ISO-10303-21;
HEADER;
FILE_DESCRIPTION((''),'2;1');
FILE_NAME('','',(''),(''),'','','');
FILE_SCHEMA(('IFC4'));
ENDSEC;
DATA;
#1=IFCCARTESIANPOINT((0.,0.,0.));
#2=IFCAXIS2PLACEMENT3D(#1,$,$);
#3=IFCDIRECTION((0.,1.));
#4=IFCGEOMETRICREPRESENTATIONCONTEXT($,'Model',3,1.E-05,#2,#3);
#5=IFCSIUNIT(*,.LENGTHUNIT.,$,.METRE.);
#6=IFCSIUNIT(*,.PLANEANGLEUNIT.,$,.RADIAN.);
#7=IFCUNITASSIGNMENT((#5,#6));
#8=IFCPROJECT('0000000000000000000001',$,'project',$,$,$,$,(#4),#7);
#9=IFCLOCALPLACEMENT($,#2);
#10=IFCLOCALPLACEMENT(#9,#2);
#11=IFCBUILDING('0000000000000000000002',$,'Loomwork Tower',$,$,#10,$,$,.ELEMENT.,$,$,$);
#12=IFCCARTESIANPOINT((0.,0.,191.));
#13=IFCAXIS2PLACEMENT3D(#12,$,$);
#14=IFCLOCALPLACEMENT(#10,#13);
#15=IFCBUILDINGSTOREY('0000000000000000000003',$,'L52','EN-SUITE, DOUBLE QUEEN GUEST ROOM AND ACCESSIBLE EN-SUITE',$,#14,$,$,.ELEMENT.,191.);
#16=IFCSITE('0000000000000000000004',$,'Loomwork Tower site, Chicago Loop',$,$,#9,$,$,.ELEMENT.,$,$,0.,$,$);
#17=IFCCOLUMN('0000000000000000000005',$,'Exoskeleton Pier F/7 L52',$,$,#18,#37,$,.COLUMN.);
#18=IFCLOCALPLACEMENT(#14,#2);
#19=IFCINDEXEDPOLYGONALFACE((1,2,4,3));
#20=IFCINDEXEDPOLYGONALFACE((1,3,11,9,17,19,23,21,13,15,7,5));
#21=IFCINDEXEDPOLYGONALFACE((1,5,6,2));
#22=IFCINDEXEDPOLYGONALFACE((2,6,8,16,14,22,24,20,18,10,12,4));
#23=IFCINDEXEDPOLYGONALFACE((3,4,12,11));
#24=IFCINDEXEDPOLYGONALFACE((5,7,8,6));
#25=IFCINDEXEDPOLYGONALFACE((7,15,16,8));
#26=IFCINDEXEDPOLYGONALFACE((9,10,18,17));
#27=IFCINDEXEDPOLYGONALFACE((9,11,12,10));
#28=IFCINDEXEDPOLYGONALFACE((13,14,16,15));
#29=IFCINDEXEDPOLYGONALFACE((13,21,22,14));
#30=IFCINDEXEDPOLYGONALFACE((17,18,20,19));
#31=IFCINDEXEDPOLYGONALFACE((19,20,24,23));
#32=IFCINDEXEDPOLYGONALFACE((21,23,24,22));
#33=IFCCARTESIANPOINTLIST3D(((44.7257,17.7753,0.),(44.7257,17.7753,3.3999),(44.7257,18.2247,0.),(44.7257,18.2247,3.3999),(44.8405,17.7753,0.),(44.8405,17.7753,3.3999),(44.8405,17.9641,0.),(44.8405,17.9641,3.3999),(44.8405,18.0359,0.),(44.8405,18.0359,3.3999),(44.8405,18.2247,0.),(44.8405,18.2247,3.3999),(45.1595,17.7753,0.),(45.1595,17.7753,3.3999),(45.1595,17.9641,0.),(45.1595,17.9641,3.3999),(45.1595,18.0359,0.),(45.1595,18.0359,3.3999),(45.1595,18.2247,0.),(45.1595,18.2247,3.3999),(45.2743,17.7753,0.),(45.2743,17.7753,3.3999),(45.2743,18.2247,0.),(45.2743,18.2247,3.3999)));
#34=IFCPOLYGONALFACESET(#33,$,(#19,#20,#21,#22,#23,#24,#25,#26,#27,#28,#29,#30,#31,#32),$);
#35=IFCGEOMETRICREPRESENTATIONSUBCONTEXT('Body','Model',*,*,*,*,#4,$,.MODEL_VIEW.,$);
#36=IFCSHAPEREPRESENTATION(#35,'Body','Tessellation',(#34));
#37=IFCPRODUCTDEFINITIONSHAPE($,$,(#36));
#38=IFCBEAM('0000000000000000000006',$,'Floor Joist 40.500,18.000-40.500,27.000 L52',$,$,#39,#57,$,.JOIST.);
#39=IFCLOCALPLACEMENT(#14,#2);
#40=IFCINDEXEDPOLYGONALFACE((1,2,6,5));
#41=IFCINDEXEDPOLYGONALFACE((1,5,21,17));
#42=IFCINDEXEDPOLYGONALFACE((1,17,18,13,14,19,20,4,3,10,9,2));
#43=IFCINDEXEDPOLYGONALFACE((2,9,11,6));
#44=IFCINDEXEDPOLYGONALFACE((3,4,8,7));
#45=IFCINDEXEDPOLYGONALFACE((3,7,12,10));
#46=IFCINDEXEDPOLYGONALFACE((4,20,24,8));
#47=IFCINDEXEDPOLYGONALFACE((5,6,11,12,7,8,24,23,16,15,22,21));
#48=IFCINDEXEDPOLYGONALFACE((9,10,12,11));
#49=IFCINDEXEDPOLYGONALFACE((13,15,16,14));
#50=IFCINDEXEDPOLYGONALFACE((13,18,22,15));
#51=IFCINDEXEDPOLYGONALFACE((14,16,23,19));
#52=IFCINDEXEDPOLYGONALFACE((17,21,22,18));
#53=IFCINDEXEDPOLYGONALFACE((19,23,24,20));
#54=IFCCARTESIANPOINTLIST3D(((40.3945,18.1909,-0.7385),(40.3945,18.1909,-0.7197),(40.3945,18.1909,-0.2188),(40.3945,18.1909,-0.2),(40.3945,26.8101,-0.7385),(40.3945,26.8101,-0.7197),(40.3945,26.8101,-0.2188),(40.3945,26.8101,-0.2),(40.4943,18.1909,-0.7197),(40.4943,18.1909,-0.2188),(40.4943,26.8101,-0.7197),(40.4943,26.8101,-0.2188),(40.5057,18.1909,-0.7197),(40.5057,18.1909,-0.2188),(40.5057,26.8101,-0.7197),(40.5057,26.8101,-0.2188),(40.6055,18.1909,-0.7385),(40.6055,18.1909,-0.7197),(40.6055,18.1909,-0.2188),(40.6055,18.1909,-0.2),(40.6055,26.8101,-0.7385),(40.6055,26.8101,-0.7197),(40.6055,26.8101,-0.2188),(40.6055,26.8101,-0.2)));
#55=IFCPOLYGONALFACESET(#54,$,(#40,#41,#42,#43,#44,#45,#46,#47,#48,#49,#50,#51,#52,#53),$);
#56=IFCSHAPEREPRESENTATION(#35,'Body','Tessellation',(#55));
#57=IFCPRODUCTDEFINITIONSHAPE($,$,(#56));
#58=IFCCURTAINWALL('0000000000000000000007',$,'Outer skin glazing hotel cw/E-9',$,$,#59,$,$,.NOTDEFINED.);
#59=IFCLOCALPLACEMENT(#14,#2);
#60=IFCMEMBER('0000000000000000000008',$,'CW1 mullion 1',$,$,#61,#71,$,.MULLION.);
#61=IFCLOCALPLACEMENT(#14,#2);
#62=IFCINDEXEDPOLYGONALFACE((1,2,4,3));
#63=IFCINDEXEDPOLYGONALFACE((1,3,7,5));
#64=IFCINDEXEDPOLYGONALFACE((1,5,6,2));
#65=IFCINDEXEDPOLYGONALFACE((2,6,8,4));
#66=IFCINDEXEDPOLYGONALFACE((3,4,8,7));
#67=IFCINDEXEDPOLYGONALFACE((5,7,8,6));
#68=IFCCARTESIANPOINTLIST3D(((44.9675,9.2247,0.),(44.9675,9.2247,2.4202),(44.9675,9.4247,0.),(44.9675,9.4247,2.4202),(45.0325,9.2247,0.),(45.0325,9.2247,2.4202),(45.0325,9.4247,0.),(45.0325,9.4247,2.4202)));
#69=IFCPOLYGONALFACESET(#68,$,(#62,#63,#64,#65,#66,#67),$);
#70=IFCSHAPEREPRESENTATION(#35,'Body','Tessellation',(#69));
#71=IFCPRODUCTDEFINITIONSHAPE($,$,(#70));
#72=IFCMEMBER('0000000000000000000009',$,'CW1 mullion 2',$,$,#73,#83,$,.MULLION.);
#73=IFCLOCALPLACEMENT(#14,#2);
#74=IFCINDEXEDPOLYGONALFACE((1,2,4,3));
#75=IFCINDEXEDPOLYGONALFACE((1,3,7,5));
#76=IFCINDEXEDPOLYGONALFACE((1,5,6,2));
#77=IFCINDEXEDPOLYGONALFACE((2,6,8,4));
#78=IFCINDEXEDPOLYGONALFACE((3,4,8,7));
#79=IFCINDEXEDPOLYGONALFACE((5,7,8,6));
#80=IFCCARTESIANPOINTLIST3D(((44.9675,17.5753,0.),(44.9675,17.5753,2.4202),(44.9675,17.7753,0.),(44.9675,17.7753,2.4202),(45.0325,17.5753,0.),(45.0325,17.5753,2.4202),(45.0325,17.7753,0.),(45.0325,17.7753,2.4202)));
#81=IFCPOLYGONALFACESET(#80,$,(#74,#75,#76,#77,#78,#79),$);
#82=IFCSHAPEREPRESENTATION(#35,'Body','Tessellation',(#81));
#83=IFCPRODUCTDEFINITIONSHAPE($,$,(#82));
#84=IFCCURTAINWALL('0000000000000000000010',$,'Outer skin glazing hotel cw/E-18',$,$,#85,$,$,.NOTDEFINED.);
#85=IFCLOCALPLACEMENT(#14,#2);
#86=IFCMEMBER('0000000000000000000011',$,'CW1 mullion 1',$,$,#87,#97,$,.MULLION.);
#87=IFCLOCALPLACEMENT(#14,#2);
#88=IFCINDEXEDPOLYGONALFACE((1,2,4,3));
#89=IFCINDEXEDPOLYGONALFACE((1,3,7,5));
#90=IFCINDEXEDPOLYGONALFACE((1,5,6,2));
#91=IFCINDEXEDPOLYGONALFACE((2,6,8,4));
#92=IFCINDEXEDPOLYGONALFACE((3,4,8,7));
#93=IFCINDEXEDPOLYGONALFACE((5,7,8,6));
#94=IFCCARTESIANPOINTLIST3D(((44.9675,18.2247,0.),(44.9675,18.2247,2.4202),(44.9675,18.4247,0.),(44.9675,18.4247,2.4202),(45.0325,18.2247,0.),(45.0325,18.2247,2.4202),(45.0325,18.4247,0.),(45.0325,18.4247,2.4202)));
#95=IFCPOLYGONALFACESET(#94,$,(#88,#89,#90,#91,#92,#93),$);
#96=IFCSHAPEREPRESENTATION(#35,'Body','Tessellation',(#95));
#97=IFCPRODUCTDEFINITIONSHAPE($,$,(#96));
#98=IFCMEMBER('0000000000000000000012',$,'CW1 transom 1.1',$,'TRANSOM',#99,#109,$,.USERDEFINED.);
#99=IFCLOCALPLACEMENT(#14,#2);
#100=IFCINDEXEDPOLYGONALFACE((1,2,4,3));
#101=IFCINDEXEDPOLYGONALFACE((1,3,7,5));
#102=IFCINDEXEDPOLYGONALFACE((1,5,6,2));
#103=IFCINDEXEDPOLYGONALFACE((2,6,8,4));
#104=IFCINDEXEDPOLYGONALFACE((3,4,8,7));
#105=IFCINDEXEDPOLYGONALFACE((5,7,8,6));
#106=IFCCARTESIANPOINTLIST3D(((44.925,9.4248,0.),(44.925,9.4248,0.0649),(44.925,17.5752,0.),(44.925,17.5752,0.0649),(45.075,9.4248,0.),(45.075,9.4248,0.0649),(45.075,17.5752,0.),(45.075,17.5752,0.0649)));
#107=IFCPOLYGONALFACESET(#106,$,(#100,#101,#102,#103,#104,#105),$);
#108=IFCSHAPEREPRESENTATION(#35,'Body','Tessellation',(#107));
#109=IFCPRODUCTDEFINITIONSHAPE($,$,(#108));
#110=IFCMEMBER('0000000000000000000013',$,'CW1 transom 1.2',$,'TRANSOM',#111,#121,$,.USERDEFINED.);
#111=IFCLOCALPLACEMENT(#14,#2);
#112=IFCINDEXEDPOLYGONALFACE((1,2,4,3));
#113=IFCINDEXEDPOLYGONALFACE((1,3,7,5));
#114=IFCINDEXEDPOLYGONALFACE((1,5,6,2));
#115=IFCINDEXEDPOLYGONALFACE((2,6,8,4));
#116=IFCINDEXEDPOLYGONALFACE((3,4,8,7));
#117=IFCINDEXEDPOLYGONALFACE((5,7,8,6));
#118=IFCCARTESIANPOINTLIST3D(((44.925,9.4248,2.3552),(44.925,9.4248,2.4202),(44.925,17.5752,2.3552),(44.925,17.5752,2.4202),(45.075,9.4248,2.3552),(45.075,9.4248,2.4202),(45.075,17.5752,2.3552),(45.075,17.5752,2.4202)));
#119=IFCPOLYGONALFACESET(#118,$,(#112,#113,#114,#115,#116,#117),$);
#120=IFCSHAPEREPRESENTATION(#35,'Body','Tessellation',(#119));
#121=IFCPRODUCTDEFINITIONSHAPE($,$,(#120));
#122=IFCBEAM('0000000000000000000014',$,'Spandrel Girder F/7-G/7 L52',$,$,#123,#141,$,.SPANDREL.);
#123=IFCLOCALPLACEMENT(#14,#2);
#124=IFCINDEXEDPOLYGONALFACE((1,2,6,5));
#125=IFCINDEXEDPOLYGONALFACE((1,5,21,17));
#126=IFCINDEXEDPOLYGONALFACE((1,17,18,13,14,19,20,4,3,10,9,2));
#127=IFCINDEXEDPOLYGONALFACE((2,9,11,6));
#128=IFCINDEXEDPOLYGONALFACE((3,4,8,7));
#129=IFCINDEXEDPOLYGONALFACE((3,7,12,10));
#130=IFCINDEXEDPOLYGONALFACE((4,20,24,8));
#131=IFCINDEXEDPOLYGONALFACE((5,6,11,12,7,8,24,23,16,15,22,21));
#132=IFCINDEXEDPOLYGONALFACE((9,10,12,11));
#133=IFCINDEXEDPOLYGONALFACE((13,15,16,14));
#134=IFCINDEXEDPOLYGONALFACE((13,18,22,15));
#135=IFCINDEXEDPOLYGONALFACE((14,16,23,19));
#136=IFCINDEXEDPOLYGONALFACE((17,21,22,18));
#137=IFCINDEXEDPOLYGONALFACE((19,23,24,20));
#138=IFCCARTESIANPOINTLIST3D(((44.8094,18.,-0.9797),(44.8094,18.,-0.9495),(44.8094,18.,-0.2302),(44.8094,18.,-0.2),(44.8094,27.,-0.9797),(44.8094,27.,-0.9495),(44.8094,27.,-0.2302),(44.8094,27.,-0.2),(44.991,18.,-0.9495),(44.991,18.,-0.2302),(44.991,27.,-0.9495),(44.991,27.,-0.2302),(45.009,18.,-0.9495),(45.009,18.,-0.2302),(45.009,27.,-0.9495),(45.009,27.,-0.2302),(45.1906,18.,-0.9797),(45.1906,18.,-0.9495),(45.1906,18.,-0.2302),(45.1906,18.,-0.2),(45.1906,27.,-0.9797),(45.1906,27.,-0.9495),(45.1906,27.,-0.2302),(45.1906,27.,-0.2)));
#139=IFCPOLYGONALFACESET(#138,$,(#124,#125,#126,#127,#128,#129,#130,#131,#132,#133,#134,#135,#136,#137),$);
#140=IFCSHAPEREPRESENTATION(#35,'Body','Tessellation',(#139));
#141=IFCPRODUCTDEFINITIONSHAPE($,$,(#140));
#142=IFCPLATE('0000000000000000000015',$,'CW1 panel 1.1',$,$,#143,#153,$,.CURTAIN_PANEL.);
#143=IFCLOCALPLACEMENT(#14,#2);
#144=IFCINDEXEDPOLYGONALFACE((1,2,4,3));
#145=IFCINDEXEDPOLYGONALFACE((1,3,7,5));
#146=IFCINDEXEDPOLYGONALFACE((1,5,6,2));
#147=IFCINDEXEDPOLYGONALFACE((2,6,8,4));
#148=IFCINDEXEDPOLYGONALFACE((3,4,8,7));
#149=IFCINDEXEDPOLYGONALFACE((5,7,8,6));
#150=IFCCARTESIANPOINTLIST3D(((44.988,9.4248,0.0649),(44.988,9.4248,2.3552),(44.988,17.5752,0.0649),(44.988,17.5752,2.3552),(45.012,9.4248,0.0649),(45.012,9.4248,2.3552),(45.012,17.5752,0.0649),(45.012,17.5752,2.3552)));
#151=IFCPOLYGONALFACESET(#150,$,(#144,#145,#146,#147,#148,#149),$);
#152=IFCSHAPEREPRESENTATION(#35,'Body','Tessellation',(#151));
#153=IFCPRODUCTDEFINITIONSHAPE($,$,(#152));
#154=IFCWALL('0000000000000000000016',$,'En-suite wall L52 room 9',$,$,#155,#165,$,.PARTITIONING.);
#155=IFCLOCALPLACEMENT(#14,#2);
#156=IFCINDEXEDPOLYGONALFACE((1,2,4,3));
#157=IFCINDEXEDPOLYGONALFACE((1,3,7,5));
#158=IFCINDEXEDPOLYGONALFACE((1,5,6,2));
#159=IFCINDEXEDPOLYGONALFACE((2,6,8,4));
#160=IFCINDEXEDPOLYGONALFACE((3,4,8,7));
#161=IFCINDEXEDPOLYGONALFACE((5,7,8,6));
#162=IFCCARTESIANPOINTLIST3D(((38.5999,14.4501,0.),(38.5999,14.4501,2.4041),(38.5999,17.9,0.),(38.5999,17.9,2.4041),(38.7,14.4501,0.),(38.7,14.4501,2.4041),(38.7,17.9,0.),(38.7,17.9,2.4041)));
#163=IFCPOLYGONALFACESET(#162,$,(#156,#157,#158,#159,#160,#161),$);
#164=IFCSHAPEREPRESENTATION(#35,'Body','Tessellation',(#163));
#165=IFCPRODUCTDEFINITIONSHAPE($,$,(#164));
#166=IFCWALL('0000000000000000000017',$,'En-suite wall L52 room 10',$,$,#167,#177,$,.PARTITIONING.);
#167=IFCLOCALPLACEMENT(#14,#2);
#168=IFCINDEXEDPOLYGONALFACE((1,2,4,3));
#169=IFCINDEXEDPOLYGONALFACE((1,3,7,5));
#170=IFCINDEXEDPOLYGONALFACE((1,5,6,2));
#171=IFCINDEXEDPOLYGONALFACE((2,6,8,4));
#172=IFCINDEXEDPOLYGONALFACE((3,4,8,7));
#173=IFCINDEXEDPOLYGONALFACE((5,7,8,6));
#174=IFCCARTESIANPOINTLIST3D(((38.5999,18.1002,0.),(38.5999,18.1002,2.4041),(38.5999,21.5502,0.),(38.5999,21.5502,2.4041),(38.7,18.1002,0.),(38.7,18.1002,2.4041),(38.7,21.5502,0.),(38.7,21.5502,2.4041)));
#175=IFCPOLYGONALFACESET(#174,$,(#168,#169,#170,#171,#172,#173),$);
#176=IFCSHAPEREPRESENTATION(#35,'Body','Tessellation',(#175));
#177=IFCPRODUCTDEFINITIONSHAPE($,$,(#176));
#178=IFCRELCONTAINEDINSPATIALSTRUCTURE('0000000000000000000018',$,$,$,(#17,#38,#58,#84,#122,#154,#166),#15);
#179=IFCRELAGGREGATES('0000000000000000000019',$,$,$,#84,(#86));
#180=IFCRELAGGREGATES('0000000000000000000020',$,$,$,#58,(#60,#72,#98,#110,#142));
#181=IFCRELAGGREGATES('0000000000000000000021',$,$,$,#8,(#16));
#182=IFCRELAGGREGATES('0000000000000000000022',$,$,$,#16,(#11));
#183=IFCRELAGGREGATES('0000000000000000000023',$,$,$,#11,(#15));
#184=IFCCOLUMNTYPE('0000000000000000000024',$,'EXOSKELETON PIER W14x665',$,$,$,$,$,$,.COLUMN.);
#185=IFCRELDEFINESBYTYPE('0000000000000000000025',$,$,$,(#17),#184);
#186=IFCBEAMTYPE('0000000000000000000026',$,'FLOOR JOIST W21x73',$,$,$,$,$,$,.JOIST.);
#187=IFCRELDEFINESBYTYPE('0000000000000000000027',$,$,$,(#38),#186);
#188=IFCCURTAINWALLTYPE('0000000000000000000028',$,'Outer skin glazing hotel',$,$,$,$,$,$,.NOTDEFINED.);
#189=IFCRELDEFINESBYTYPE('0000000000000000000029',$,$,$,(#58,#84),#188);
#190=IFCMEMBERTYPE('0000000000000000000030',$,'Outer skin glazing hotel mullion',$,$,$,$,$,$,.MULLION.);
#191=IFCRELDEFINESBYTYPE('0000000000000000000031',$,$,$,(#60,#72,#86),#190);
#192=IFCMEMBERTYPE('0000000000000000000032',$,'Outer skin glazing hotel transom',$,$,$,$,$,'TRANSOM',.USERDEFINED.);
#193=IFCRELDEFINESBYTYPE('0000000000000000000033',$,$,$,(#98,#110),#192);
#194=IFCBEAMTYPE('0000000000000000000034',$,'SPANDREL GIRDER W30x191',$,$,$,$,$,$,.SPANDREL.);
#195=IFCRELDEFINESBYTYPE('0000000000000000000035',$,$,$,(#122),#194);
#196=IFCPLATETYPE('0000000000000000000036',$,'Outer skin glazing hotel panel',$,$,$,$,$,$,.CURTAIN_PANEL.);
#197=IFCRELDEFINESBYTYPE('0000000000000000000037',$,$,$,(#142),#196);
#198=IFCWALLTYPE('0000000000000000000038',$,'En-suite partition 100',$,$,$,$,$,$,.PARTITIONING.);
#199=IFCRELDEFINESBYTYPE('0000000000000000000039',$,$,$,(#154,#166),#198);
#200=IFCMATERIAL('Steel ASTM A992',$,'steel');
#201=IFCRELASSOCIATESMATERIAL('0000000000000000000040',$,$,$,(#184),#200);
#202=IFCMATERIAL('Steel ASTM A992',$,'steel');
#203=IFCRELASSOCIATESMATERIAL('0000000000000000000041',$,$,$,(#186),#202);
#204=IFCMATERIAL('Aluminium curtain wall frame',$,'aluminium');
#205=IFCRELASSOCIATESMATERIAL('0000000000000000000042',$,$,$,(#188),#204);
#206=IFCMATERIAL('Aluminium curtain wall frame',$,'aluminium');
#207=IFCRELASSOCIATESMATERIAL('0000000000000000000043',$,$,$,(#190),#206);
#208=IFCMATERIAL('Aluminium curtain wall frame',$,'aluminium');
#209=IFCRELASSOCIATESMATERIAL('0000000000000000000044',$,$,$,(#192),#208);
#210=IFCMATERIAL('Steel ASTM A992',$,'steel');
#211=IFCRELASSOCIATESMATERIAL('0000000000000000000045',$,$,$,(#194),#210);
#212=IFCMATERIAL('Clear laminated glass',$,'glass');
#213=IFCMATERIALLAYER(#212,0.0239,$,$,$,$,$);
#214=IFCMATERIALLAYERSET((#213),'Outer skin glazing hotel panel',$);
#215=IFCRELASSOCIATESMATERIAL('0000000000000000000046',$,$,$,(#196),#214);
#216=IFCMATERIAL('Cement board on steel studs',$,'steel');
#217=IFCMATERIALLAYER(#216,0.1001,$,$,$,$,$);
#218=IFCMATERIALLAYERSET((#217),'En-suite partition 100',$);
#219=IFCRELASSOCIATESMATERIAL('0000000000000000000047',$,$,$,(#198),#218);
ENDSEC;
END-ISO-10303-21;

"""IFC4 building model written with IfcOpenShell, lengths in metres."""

from ifc_helpers import new_model, si_unit, direction, frame, frame_2d, origin, origin_2d, place, context, subcontext, project, spatial, rectangle, i_section, extrude, material, layer, layer_set, material_profile, profile_set, type_object, element, aggregate, save


model = new_model("IFC4")

# Units and contexts
model_context = context("Model", 3, precision=1e-05, world=origin(), true_north=direction((0.0, 1.0)))
body_context = subcontext(model_context, "Body", "Model", "MODEL_VIEW")
ifc_project = project(units=[si_unit("LENGTHUNIT", "METRE"), si_unit("PLANEANGLEUNIT", "RADIAN")], contexts=[model_context])

# Site, building, storey
site_placement = place(None, origin())
site = spatial("IfcSite", under=ifc_project, at=site_placement, Name="Loomwork Tower site, Chicago Loop", CompositionType="ELEMENT", RefElevation=0.0)
building_placement = place(site_placement, origin())
building = spatial("IfcBuilding", under=site, at=building_placement, Name="Loomwork Tower", CompositionType="ELEMENT")
storey_placement = place(building_placement, frame((0.0, 0.0, 191.0)))
storey = spatial("IfcBuildingStorey", under=building, at=storey_placement, Name="L52", Description="EN-SUITE, DOUBLE QUEEN GUEST ROOM AND ACCESSIBLE EN-SUITE", CompositionType="ELEMENT", Elevation=191.0)

# Column
ifc_material_1 = material(Name="Steel ASTM A992", Category="steel")
ifc_material_profile_1 = material_profile(ifc_material_1, i_section(OverallWidth=0.4495, OverallDepth=0.5486, WebThickness=0.0718, FlangeThickness=0.1147, at=origin_2d()), Name="W14x665")
ifc_profile_set_1 = profile_set([ifc_material_profile_1], Name="Steel ASTM A992")
column_type = type_object("IfcColumnType", Name="EXOSKELETON PIER W14x665", PredefinedType="COLUMN", material=ifc_profile_set_1)
column_placement = place(storey_placement, frame((45.0, 18.0, 0.0), z_axis=(0.0, 0.0, 1.0), x_axis=(0.0, 1.0, 0.0)))
element("IfcColumn", 1, at=column_placement, inside=storey, type_object=column_type, Name="Exoskeleton Pier F/7 L52", PredefinedType="COLUMN", context=body_context, shape_type="SweptSolid", body=[
    extrude(i_section(OverallWidth=0.4495, OverallDepth=0.5486, WebThickness=0.0718, FlangeThickness=0.1147, at=origin_2d()), origin(), (0.0, 0.0, 1.0), 3.3999),
])

# Beam
ifc_material_2 = material(Name="Steel ASTM A992", Category="steel")
ifc_material_profile_2 = material_profile(ifc_material_2, i_section(OverallWidth=0.2109, OverallDepth=0.5386, WebThickness=0.0115, FlangeThickness=0.0188, at=origin_2d()), Name="W21x73")
ifc_profile_set_2 = profile_set([ifc_material_profile_2], Name="Steel ASTM A992")
beam_type_1 = type_object("IfcBeamType", Name="FLOOR JOIST W21x73", PredefinedType="JOIST", material=ifc_profile_set_2)
beam_1_placement = place(storey_placement, frame((40.5, 18.1909, -0.4692), z_axis=(0.0, 1.0, 0.0), x_axis=(-1.0, 0.0, 0.0)))
element("IfcBeam", 2, at=beam_1_placement, inside=storey, type_object=beam_type_1, Name="Floor Joist 40.500,18.000-40.500,27.000 L52", PredefinedType="JOIST", context=body_context, shape_type="SweptSolid", body=[
    extrude(i_section(OverallWidth=0.2109, OverallDepth=0.5386, WebThickness=0.0115, FlangeThickness=0.0188, at=origin_2d()), origin(), (0.0, 0.0, 1.0), 8.6191),
])

# Curtain wall, members
ifc_material_3 = material(Name="Aluminium curtain wall frame", Category="aluminium")
curtain_wall_type = type_object("IfcCurtainWallType", Name="Outer skin glazing hotel", PredefinedType="NOTDEFINED", material=ifc_material_3)
curtain_wall_1_placement = place(storey_placement, origin())
curtain_wall_1 = element("IfcCurtainWall", 3, at=curtain_wall_1_placement, inside=storey, type_object=curtain_wall_type, Name="Outer skin glazing hotel cw/E-9", PredefinedType="NOTDEFINED")
ifc_material_4 = material(Name="Aluminium curtain wall frame", Category="aluminium")
ifc_material_profile_3 = material_profile(ifc_material_4, rectangle(XDim=0.0649, YDim=0.2, at=origin_2d()), Name="AL 65x200")
ifc_profile_set_3 = profile_set([ifc_material_profile_3], Name="Aluminium curtain wall frame")
member_type_1 = type_object("IfcMemberType", Name="Outer skin glazing hotel mullion", PredefinedType="MULLION", material=ifc_profile_set_3)
member_1_placement = place(storey_placement, frame((45.0, 9.3247, 0.0), z_axis=(0.0, 0.0, 1.0), x_axis=(-1.0, 0.0, 0.0)))
member_1 = element("IfcMember", 4, at=member_1_placement, type_object=member_type_1, Name="CW1 mullion 1", PredefinedType="MULLION", context=body_context, shape_type="SweptSolid", body=[
    extrude(rectangle(XDim=0.0649, YDim=0.2, at=origin_2d()), origin(), (0.0, 0.0, 1.0), 2.4202),
])
member_2_placement = place(storey_placement, frame((45.0, 17.6753, 0.0), z_axis=(0.0, 0.0, 1.0), x_axis=(-1.0, 0.0, 0.0)))
member_2 = element("IfcMember", 5, at=member_2_placement, type_object=member_type_1, Name="CW1 mullion 2", PredefinedType="MULLION", context=body_context, shape_type="SweptSolid", body=[
    extrude(rectangle(XDim=0.0649, YDim=0.2, at=origin_2d()), origin(), (0.0, 0.0, 1.0), 2.4202),
])

# Curtain wall, member
curtain_wall_2_placement = place(storey_placement, origin())
curtain_wall_2 = element("IfcCurtainWall", 6, at=curtain_wall_2_placement, inside=storey, type_object=curtain_wall_type, Name="Outer skin glazing hotel cw/E-18", PredefinedType="NOTDEFINED")
member_3_placement = place(storey_placement, frame((45.0, 18.3247, 0.0), z_axis=(0.0, 0.0, 1.0), x_axis=(-1.0, 0.0, 0.0)))
member_3 = element("IfcMember", 7, at=member_3_placement, type_object=member_type_1, Name="CW1 mullion 1", PredefinedType="MULLION", context=body_context, shape_type="SweptSolid", body=[
    extrude(rectangle(XDim=0.0649, YDim=0.2, at=origin_2d()), origin(), (0.0, 0.0, 1.0), 2.4202),
])
aggregate(curtain_wall_2, [member_3])

# Members
ifc_material_5 = material(Name="Aluminium curtain wall frame", Category="aluminium")
ifc_material_profile_4 = material_profile(ifc_material_5, rectangle(XDim=0.1499, YDim=0.0649, at=origin_2d()), Name="AL 65x150")
ifc_profile_set_4 = profile_set([ifc_material_profile_4], Name="Aluminium curtain wall frame")
member_type_2 = type_object("IfcMemberType", Name="Outer skin glazing hotel transom", ElementType="TRANSOM", PredefinedType="USERDEFINED", material=ifc_profile_set_4)
member_4_placement = place(storey_placement, frame((45.0, 9.4248, 0.0325), z_axis=(0.0, 1.0, 0.0), x_axis=(-1.0, 0.0, 0.0)))
member_4 = element("IfcMember", 8, at=member_4_placement, type_object=member_type_2, Name="CW1 transom 1.1", ObjectType="TRANSOM", PredefinedType="USERDEFINED", context=body_context, shape_type="SweptSolid", body=[
    extrude(rectangle(XDim=0.1499, YDim=0.0649, at=origin_2d()), origin(), (0.0, 0.0, 1.0), 8.1504),
])
member_5_placement = place(storey_placement, frame((45.0, 9.4248, 2.3877), z_axis=(0.0, 1.0, 0.0), x_axis=(-1.0, 0.0, 0.0)))
member_5 = element("IfcMember", 9, at=member_5_placement, type_object=member_type_2, Name="CW1 transom 1.2", ObjectType="TRANSOM", PredefinedType="USERDEFINED", context=body_context, shape_type="SweptSolid", body=[
    extrude(rectangle(XDim=0.1499, YDim=0.0649, at=origin_2d()), origin(), (0.0, 0.0, 1.0), 8.1504),
])

# Beam
ifc_material_6 = material(Name="Steel ASTM A992", Category="steel")
ifc_material_profile_5 = material_profile(ifc_material_6, i_section(OverallWidth=0.3811, OverallDepth=0.7798, WebThickness=0.0181, FlangeThickness=0.0303, at=origin_2d()), Name="W30x191")
ifc_profile_set_5 = profile_set([ifc_material_profile_5], Name="Steel ASTM A992")
beam_type_2 = type_object("IfcBeamType", Name="SPANDREL GIRDER W30x191", PredefinedType="SPANDREL", material=ifc_profile_set_5)
beam_2_placement = place(storey_placement, frame((45.0, 18.0, -0.5898), z_axis=(0.0, 1.0, 0.0), x_axis=(-1.0, 0.0, 0.0)))
element("IfcBeam", 10, at=beam_2_placement, inside=storey, type_object=beam_type_2, Name="Spandrel Girder F/7-G/7 L52", PredefinedType="SPANDREL", context=body_context, shape_type="SweptSolid", body=[
    extrude(i_section(OverallWidth=0.3811, OverallDepth=0.7798, WebThickness=0.0181, FlangeThickness=0.0303, at=origin_2d()), origin(), (0.0, 0.0, 1.0), 9.0),
])

# Plate
ifc_material_7 = material(Name="Clear laminated glass", Category="glass")
ifc_layer_1 = layer(ifc_material_7, 0.0239)
ifc_layer_set_1 = layer_set([ifc_layer_1], Name="Outer skin glazing hotel panel")
plate_type = type_object("IfcPlateType", Name="Outer skin glazing hotel panel", PredefinedType="CURTAIN_PANEL", material=ifc_layer_set_1)
plate_placement = place(storey_placement, frame((45.0, 13.5, 0.0649), z_axis=(0.0, 0.0, 1.0), x_axis=(0.0, 1.0, 0.0)))
plate = element("IfcPlate", 11, at=plate_placement, type_object=plate_type, Name="CW1 panel 1.1", PredefinedType="CURTAIN_PANEL", context=body_context, shape_type="SweptSolid", body=[
    extrude(rectangle(XDim=8.1504, YDim=0.0239, at=origin_2d()), origin(), (0.0, 0.0, 1.0), 2.2903),
])
aggregate(curtain_wall_1, [member_1, member_2, member_4, member_5, plate])

# Walls
ifc_material_8 = material(Name="Cement board on steel studs", Category="steel")
ifc_layer_2 = layer(ifc_material_8, 0.1001)
ifc_layer_set_2 = layer_set([ifc_layer_2], Name="En-suite partition 100")
wall_type_1 = type_object("IfcWallType", Name="En-suite partition 100", PredefinedType="PARTITIONING", material=ifc_layer_set_2)
for number, where, z_axis, x_axis, name in (
    (12, (38.6499, 14.45, 0.0), (0.0, 0.0, 1.0), (0.0, 1.0, 0.0), "En-suite wall L52 room 9"),
    (13, (38.6499, 18.1001, 0.0), (0.0, 0.0, 1.0), (0.0, 1.0, 0.0), "En-suite wall L52 room 10"),
):
    element("IfcWall", number, at=place(storey_placement, frame(where, z_axis=z_axis, x_axis=x_axis)), inside=storey, type_object=wall_type_1, Name=name, PredefinedType="PARTITIONING", context=body_context, shape_type="SweptSolid", body=[
        extrude(rectangle(XDim=3.45, YDim=0.1001, at=frame_2d((1.7251, 0.0))), origin(), (0.0, 0.0, 1.0), 2.4041),
    ])

save(model, "model.ifc")
